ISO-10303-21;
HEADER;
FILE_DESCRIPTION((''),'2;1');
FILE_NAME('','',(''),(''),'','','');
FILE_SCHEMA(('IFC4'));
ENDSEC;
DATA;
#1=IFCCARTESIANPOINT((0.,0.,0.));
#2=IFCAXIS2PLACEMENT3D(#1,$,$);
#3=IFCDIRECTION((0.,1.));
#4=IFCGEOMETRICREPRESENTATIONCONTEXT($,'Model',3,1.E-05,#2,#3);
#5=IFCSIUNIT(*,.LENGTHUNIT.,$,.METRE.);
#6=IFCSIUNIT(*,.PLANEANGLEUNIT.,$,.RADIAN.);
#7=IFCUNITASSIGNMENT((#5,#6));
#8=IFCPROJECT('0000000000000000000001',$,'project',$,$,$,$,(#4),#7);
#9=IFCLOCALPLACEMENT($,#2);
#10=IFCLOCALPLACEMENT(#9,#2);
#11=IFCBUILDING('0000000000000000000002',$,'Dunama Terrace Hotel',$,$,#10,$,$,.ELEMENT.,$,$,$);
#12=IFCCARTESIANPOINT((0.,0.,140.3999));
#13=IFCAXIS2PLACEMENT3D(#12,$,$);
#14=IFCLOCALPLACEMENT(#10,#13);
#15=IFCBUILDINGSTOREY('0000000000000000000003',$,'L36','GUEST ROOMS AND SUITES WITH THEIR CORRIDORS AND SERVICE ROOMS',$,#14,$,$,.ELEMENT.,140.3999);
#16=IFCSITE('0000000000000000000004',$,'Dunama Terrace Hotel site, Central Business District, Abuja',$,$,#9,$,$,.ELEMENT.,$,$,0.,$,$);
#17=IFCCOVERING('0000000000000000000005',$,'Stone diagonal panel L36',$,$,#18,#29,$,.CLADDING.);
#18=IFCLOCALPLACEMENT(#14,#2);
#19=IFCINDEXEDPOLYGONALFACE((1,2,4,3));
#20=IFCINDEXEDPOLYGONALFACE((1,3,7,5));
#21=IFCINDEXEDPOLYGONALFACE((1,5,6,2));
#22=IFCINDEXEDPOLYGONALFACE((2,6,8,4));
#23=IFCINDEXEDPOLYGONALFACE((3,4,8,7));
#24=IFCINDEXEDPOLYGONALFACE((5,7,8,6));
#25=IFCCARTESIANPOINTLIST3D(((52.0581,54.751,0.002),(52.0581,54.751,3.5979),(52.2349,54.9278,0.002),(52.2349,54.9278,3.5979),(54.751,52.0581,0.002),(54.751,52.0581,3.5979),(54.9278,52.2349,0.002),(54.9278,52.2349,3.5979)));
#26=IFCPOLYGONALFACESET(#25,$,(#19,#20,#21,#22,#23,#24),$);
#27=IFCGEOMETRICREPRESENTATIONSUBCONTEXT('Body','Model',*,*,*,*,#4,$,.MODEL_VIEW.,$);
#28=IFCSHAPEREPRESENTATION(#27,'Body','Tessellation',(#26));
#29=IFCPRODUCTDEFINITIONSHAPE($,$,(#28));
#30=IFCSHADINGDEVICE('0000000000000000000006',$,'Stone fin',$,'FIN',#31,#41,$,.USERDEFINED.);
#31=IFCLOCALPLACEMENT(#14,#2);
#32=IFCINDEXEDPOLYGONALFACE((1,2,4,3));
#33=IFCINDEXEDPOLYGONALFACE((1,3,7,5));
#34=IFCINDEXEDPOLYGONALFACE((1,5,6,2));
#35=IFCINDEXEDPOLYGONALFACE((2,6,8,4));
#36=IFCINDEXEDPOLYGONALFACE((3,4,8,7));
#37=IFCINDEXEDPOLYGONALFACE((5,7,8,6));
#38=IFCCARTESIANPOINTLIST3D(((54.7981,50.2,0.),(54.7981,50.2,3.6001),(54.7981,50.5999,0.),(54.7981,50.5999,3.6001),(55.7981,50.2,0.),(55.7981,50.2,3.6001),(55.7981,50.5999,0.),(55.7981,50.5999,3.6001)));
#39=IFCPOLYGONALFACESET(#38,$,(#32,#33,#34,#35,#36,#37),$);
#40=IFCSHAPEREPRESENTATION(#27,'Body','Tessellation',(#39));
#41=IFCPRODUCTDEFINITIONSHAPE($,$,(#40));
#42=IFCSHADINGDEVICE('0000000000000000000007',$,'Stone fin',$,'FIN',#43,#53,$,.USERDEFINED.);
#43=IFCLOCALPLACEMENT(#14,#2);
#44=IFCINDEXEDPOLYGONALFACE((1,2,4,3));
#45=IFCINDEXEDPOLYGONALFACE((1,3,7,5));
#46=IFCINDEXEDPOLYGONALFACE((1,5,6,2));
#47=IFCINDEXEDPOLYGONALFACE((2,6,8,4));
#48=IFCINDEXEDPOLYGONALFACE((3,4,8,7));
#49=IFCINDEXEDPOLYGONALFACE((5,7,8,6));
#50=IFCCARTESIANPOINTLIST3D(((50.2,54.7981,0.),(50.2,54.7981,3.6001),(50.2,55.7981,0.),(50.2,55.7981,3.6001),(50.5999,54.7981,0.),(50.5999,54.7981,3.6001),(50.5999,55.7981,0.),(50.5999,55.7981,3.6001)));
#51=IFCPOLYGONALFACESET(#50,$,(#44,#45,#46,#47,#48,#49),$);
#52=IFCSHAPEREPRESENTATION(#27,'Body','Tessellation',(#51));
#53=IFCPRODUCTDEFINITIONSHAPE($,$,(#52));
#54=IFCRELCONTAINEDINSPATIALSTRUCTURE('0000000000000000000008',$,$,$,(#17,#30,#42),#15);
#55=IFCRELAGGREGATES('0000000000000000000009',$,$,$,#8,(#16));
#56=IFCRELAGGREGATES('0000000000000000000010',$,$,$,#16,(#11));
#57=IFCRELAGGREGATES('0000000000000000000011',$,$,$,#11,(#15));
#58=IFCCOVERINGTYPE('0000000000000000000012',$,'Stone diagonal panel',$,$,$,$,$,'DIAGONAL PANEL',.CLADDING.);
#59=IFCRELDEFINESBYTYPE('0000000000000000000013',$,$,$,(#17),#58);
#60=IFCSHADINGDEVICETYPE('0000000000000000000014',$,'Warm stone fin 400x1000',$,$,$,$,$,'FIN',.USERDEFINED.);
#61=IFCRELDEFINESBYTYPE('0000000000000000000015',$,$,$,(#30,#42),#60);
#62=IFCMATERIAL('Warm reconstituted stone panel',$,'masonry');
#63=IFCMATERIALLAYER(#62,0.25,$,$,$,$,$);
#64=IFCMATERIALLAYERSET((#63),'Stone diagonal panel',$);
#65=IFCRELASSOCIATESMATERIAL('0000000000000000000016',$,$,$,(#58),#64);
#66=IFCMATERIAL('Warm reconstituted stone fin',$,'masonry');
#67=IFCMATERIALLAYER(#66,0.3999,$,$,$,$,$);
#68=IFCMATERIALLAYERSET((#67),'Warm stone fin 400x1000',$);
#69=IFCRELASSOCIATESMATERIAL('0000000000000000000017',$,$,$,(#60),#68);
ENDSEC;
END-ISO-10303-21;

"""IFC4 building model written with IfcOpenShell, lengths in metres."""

from ifc_helpers import new_model, si_unit, direction, frame, origin, origin_2d, place, context, subcontext, project, spatial, rectangle, extrude, material, layer, layer_set, type_object, element, save


model = new_model("IFC4")

# Units and contexts
model_context = context("Model", 3, precision=1e-05, world=origin(), true_north=direction((0.0, 1.0)))
body_context = subcontext(model_context, "Body", "Model", "MODEL_VIEW")
ifc_project = project(units=[si_unit("LENGTHUNIT", "METRE"), si_unit("PLANEANGLEUNIT", "RADIAN")], contexts=[model_context])

# Site, building, storey
site_placement = place(None, origin())
site = spatial("IfcSite", under=ifc_project, at=site_placement, Name="Dunama Terrace Hotel site, Central Business District, Abuja", CompositionType="ELEMENT", RefElevation=0.0)
building_placement = place(site_placement, origin())
building = spatial("IfcBuilding", under=site, at=building_placement, Name="Dunama Terrace Hotel", CompositionType="ELEMENT")
storey_placement = place(building_placement, frame((0.0, 0.0, 140.3999)))
storey = spatial("IfcBuildingStorey", under=building, at=storey_placement, Name="L36", Description="GUEST ROOMS AND SUITES WITH THEIR CORRIDORS AND SERVICE ROOMS", CompositionType="ELEMENT", Elevation=140.3999)

# Covering
ifc_material_1 = material(Name="Warm reconstituted stone panel", Category="masonry")
ifc_layer_1 = layer(ifc_material_1, 0.25)
ifc_layer_set_1 = layer_set([ifc_layer_1], Name="Stone diagonal panel")
covering_type = type_object("IfcCoveringType", Name="Stone diagonal panel", ElementType="DIAGONAL PANEL", PredefinedType="CLADDING", material=ifc_layer_set_1)
covering_placement = place(storey_placement, frame((53.4929, 53.4929, 0.002), z_axis=(0.0, 0.0, 1.0), x_axis=(-0.707107, 0.707107, 0.0)))
element("IfcCovering", 1, at=covering_placement, inside=storey, type_object=covering_type, Name="Stone diagonal panel L36", PredefinedType="CLADDING", context=body_context, shape_type="SweptSolid", body=[
    extrude(rectangle(XDim=3.8083, YDim=0.25, at=origin_2d()), origin(), (0.0, 0.0, 1.0), 3.5959),
])

# Shading devices
ifc_material_2 = material(Name="Warm reconstituted stone fin", Category="masonry")
ifc_layer_2 = layer(ifc_material_2, 0.3999)
ifc_layer_set_2 = layer_set([ifc_layer_2], Name="Warm stone fin 400x1000")
shading_device_type = type_object("IfcShadingDeviceType", Name="Warm stone fin 400x1000", ElementType="FIN", PredefinedType="USERDEFINED", material=ifc_layer_set_2)
for number, where, z_axis, x_axis, name in (
    (2, (55.2981, 50.3999, 0.0), (0.0, 0.0, 1.0), (0.0, 1.0, 0.0), "Stone fin"),
    (3, (50.3999, 55.2981, 0.0), (0.0, 0.0, 1.0), (-1.0, 0.0, 0.0), "Stone fin"),
):
    element("IfcShadingDevice", number, at=place(storey_placement, frame(where, z_axis=z_axis, x_axis=x_axis)), inside=storey, type_object=shading_device_type, Name=name, ObjectType="FIN", PredefinedType="USERDEFINED", context=body_context, shape_type="SweptSolid", body=[
        extrude(rectangle(XDim=0.3999, YDim=1.0, at=origin_2d()), origin(), (0.0, 0.0, 1.0), 3.6001),
    ])

save(model, "model.ifc")
